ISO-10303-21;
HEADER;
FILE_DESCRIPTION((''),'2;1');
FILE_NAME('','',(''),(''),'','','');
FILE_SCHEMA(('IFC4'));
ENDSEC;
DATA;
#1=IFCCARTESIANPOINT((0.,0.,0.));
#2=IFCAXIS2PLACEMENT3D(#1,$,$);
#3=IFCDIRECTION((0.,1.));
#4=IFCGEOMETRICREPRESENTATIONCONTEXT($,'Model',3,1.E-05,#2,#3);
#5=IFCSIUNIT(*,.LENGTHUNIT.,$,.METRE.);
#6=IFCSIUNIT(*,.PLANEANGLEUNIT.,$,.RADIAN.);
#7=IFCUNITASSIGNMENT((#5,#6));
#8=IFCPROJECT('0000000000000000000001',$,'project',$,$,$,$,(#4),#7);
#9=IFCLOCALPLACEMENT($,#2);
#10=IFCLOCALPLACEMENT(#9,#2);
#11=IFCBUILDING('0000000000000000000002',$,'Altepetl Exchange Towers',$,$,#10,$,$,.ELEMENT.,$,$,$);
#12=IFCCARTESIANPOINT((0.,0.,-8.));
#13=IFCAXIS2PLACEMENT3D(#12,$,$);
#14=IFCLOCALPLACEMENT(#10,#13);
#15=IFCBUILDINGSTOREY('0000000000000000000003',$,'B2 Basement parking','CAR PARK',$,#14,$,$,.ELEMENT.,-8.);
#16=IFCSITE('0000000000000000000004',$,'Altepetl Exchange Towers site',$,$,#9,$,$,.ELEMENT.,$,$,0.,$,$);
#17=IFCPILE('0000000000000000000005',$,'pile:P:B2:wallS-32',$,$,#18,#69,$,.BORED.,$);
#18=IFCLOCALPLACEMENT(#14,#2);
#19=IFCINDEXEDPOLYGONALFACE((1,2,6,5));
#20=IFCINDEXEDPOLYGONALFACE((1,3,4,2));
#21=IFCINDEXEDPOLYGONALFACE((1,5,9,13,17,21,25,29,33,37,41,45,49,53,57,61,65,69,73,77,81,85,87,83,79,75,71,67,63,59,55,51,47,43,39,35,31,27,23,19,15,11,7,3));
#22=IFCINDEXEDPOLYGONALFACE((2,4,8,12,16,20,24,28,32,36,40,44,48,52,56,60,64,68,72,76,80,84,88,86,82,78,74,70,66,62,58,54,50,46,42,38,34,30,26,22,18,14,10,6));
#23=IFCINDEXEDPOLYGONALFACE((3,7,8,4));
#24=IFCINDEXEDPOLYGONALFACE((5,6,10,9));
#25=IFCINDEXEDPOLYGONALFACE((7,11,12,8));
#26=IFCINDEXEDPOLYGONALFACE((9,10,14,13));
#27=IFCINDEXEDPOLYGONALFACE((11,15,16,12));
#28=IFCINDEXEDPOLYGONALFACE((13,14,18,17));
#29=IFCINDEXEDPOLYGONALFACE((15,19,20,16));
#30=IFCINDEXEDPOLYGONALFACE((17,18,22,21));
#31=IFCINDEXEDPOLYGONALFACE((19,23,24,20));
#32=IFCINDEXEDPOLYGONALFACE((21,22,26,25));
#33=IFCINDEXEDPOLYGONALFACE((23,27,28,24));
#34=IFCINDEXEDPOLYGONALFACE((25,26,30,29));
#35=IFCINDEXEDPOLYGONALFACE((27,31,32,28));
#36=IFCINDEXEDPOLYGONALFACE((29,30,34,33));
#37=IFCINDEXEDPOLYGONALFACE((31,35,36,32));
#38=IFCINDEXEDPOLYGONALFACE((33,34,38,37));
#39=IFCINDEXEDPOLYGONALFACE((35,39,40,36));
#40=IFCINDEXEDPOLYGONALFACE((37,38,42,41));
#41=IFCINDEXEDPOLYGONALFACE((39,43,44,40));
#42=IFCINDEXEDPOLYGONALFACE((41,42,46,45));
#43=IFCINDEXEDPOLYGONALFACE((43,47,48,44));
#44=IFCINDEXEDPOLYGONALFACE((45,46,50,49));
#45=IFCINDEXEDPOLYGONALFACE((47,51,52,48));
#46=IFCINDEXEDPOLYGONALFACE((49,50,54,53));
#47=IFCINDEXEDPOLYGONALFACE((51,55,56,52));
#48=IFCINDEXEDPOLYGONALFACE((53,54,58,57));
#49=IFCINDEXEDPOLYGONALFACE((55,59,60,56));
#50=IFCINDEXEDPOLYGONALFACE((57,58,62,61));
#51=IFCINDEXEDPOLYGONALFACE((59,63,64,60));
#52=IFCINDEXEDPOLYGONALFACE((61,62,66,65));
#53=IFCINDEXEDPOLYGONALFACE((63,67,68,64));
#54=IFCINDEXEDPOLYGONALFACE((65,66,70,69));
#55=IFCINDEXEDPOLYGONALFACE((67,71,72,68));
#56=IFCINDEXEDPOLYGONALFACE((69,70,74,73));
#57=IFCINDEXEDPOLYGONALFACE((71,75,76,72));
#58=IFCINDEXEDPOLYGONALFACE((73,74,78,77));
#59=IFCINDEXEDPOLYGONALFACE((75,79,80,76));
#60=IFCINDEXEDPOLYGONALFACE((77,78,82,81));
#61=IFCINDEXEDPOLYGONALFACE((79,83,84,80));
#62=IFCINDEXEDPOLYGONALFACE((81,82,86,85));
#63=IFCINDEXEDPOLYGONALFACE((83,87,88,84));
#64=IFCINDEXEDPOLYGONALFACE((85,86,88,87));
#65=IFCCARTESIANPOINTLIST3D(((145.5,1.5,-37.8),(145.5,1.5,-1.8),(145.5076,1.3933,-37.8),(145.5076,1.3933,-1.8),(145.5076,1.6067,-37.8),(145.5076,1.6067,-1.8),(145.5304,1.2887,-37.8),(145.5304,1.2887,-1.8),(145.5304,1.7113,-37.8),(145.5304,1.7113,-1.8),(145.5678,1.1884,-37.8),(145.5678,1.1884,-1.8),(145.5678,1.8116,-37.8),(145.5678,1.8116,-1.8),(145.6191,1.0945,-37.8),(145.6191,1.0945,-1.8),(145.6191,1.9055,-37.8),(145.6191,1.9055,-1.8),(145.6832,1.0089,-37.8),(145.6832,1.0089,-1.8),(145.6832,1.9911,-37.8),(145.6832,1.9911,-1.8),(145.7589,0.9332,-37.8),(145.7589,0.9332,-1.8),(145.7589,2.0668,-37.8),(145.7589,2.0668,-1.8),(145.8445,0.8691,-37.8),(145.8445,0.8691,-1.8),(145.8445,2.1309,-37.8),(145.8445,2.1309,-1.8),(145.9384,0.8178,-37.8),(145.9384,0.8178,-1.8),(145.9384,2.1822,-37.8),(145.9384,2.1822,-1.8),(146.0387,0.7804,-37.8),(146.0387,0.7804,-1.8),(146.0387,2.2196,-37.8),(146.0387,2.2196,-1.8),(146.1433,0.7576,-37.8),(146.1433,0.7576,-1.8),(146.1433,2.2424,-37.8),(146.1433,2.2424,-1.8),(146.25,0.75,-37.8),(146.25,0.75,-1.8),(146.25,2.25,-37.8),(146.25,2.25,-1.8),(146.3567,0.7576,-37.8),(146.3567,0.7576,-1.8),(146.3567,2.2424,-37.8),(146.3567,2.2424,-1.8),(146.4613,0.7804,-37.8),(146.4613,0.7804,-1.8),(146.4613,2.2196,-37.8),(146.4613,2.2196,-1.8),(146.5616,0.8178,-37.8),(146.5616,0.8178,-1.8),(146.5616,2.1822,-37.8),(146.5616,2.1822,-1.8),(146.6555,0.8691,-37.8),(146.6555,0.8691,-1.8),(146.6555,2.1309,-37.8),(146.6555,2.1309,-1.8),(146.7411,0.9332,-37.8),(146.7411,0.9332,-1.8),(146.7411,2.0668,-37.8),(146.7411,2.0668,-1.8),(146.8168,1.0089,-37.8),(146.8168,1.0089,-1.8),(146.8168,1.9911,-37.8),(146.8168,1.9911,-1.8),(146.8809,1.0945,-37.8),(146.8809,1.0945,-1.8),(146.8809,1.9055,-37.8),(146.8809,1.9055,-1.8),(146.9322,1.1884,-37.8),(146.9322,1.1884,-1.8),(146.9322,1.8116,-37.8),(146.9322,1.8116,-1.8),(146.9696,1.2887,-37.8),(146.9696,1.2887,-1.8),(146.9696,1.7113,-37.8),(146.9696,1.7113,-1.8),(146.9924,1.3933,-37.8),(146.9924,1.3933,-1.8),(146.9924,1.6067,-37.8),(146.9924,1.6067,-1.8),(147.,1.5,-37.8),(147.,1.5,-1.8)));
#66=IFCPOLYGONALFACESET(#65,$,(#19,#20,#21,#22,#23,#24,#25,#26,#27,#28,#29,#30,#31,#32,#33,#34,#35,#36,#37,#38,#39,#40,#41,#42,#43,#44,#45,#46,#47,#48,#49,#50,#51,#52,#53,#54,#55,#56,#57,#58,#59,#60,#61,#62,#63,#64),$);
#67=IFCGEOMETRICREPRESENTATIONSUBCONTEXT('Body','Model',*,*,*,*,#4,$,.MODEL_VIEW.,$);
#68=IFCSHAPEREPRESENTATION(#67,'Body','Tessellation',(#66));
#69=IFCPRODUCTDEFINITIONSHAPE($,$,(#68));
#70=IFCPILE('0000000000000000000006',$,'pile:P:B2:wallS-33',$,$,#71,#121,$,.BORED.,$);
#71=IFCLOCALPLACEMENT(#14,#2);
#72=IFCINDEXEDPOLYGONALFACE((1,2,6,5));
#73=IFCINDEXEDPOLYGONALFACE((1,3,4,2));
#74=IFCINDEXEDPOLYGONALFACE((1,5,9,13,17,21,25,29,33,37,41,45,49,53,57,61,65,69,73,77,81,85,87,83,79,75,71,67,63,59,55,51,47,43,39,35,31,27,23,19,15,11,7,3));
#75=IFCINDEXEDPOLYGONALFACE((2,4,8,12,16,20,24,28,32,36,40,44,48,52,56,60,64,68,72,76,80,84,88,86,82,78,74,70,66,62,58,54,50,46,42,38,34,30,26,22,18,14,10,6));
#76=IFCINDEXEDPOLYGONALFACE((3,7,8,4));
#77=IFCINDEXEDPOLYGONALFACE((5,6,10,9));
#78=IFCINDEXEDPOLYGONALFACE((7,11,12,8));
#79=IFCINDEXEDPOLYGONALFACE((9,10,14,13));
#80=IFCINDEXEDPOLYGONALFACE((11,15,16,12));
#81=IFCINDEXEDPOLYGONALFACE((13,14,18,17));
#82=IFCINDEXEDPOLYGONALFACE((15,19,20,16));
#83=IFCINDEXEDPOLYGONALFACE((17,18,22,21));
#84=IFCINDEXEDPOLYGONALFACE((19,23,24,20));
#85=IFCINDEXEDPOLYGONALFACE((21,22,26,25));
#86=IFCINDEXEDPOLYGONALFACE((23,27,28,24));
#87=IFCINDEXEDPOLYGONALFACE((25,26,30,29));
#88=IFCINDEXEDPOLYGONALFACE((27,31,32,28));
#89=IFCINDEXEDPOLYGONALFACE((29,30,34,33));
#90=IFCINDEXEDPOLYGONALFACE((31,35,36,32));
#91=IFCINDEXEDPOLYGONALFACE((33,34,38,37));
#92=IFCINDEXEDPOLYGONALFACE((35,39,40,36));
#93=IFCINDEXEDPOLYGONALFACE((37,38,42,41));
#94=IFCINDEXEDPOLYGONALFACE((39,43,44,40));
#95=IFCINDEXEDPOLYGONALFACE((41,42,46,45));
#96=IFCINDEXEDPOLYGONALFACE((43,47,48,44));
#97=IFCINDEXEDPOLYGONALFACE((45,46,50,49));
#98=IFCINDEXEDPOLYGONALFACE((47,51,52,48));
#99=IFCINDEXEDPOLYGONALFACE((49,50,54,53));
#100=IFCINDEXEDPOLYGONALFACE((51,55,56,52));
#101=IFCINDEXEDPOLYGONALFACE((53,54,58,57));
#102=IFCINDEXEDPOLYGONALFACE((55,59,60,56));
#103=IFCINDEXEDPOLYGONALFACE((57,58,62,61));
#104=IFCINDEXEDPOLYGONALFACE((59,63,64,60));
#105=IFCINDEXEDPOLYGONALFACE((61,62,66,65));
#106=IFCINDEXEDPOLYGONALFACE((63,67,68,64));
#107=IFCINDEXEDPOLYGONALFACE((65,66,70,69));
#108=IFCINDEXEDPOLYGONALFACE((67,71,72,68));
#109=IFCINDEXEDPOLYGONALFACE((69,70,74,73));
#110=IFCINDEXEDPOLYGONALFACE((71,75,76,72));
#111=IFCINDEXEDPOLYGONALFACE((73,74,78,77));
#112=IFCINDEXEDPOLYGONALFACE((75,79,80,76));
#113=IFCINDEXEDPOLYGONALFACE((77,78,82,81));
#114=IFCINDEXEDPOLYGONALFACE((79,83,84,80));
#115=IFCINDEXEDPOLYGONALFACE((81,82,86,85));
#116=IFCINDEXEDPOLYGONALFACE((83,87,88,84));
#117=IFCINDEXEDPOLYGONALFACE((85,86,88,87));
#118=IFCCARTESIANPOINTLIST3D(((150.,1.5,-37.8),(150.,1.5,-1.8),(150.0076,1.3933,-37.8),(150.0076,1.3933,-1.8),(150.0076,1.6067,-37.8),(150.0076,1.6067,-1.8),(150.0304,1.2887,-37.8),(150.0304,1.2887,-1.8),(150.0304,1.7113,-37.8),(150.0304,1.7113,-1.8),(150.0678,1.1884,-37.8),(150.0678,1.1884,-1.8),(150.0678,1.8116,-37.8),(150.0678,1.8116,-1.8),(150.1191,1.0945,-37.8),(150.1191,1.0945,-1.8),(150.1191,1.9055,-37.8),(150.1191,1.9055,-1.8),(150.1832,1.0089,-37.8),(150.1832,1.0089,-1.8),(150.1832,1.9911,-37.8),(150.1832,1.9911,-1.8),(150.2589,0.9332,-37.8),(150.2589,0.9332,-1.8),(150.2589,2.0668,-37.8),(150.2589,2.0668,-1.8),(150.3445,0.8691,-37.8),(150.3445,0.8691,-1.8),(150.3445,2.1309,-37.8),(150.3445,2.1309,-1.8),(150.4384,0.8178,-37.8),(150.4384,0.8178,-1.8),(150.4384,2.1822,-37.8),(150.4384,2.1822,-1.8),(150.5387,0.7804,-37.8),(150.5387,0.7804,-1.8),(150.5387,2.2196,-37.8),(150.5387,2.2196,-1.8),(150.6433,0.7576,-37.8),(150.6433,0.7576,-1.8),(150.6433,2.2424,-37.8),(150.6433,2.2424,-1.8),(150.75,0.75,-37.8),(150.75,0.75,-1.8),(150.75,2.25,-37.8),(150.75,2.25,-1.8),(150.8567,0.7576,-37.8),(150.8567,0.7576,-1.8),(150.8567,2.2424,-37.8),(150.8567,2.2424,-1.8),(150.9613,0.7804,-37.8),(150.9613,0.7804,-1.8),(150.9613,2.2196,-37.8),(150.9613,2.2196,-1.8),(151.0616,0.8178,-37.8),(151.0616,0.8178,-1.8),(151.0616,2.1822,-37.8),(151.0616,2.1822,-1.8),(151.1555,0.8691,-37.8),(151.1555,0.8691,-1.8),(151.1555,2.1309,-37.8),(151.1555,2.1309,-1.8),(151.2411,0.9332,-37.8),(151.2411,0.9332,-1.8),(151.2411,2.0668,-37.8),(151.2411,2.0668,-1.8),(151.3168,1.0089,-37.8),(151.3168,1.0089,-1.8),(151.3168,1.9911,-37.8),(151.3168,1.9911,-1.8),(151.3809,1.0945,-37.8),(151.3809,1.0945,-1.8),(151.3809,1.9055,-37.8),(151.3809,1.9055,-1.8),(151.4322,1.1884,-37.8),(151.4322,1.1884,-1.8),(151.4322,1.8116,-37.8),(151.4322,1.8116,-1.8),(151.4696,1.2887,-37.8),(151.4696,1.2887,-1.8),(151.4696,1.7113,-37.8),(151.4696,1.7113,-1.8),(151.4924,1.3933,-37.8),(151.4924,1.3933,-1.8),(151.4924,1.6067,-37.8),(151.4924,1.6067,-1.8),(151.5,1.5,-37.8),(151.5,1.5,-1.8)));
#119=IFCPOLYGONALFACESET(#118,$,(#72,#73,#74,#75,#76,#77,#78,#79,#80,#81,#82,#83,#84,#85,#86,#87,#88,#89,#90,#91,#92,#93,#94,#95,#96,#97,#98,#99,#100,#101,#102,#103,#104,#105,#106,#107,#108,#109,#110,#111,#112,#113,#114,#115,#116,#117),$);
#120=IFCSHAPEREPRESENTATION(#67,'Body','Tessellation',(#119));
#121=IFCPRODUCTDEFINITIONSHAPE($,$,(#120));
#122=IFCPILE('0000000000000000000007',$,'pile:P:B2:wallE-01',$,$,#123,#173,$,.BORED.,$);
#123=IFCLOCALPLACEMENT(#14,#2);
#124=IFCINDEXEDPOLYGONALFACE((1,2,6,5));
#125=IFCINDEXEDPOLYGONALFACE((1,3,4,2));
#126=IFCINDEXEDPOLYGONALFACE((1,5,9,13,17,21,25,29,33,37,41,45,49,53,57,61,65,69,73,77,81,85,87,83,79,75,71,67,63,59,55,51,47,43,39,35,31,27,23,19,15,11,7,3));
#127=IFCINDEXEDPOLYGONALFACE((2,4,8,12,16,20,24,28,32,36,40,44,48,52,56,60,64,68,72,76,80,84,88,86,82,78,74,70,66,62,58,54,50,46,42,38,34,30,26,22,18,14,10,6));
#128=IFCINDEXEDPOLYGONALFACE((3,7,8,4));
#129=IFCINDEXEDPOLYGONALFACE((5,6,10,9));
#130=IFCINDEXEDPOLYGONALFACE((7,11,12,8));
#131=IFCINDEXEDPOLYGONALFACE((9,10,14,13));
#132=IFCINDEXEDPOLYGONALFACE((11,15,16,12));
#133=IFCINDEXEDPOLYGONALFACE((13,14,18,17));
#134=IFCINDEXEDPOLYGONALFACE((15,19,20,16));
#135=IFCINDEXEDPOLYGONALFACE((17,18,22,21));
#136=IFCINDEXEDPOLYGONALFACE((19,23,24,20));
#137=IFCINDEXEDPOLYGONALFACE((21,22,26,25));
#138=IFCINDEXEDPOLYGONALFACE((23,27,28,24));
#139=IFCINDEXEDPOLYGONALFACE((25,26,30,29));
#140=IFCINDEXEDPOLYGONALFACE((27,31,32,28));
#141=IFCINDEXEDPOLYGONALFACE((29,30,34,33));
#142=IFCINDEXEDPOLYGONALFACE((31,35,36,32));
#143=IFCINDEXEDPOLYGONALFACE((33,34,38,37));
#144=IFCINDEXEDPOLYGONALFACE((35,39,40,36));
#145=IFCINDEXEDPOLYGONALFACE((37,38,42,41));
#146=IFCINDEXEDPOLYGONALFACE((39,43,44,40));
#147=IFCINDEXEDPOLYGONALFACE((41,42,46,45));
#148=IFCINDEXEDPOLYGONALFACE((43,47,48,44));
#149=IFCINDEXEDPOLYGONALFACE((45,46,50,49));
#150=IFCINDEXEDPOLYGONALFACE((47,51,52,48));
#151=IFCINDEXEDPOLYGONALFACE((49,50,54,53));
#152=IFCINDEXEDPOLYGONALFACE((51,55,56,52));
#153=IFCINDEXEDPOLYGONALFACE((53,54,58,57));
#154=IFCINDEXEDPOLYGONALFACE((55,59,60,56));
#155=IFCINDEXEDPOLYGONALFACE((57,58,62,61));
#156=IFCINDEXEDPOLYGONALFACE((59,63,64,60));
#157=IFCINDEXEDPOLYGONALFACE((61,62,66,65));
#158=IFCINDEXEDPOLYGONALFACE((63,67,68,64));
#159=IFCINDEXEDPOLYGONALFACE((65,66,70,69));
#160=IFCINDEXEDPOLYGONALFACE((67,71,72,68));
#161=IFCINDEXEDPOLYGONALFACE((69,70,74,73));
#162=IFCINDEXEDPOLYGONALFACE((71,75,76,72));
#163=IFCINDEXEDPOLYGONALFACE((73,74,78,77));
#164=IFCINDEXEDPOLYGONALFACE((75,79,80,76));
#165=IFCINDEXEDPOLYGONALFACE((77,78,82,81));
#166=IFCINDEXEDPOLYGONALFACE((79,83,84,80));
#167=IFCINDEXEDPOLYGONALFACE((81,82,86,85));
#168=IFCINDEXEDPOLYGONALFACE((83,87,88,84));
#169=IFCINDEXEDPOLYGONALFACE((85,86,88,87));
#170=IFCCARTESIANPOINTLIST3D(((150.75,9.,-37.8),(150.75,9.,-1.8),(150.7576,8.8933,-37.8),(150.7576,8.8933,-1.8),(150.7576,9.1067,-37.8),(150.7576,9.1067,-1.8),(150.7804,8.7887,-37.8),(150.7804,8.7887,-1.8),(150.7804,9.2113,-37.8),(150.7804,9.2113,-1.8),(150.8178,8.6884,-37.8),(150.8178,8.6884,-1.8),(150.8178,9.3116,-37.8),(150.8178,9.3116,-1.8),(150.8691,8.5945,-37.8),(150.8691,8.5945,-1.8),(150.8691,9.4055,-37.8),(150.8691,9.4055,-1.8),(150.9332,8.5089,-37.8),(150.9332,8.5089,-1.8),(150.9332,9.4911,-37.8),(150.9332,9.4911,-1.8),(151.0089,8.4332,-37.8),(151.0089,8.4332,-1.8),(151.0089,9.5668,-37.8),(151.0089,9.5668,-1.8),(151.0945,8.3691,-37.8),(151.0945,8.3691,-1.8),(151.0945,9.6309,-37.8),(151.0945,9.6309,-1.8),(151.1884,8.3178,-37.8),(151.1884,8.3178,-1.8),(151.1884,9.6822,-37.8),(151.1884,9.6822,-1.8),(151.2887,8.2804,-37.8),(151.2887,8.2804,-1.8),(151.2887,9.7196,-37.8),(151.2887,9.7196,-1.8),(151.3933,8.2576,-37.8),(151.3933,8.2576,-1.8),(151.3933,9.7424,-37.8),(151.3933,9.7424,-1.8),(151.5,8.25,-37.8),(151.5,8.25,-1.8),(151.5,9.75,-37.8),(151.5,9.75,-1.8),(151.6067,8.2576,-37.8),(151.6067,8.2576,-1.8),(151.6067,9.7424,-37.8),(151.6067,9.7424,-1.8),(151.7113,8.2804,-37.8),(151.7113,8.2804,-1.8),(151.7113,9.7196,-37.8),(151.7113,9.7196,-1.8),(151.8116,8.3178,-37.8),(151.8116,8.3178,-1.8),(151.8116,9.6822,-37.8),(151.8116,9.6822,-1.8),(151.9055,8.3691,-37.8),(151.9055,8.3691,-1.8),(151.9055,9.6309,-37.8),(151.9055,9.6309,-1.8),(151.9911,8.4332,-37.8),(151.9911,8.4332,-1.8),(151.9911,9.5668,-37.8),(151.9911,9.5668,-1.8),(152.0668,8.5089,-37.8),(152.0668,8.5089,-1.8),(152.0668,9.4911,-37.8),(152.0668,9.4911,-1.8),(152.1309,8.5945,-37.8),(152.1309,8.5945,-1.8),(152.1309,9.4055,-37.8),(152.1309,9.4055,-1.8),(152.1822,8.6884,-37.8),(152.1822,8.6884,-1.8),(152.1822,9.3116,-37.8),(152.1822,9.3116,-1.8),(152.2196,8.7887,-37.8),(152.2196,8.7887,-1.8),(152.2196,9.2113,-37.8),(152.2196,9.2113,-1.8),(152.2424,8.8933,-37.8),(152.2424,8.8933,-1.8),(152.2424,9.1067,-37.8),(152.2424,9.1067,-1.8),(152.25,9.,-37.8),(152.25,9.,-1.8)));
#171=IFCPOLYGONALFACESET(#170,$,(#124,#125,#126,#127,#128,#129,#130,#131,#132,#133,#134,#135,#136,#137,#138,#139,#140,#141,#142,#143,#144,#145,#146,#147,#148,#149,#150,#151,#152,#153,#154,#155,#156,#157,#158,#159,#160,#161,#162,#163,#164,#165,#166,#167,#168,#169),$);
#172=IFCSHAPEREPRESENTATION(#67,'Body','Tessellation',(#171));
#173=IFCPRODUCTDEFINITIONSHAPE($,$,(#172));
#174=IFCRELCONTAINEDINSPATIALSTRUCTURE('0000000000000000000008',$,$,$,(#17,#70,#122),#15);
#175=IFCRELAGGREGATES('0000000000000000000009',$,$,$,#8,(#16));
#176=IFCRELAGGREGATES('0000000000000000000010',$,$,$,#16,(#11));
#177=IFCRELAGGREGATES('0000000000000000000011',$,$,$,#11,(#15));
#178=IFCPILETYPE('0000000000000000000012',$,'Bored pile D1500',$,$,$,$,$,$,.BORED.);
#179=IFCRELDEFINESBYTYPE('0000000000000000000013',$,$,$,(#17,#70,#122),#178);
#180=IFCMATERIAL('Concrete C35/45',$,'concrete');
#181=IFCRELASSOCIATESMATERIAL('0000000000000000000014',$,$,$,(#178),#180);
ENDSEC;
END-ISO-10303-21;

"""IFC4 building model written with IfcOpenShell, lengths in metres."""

from ifc_helpers import new_model, si_unit, direction, frame, origin, origin_2d, place, context, subcontext, project, spatial, circle, extrude, material, material_profile, profile_set, type_object, element, save


model = new_model("IFC4")

# Units and contexts
model_context = context("Model", 3, precision=1e-05, world=origin(), true_north=direction((0.0, 1.0)))
body_context = subcontext(model_context, "Body", "Model", "MODEL_VIEW")
ifc_project = project(units=[si_unit("LENGTHUNIT", "METRE"), si_unit("PLANEANGLEUNIT", "RADIAN")], contexts=[model_context])

# Site, building, storey
site_placement = place(None, origin())
site = spatial("IfcSite", under=ifc_project, at=site_placement, Name="Altepetl Exchange Towers site", CompositionType="ELEMENT", RefElevation=0.0)
building_placement = place(site_placement, origin())
building = spatial("IfcBuilding", under=site, at=building_placement, Name="Altepetl Exchange Towers", CompositionType="ELEMENT")
storey_placement = place(building_placement, frame((0.0, 0.0, -8.0)))
storey = spatial("IfcBuildingStorey", under=building, at=storey_placement, Name="B2 Basement parking", Description="CAR PARK", CompositionType="ELEMENT", Elevation=-8.0)

# Piles
ifc_material_1 = material(Name="Concrete C35/45", Category="concrete")
ifc_material_profile_1 = material_profile(ifc_material_1, circle(Radius=0.75, at=origin_2d()), Name="D1500")
ifc_profile_set_1 = profile_set([ifc_material_profile_1], Name="Concrete C35/45")
pile_type_1 = type_object("IfcPileType", Name="Bored pile D1500", PredefinedType="BORED", material=ifc_profile_set_1)
for number, where, z_axis, x_axis, name in (
    (1, (146.25, 1.5, -1.8), (0.0, 0.0, -1.0), (1.0, 0.0, 0.0), "pile:P:B2:wallS-32"),
    (2, (150.75, 1.5, -1.8), (0.0, 0.0, -1.0), (1.0, 0.0, 0.0), "pile:P:B2:wallS-33"),
    (3, (151.5, 9.0, -1.8), (0.0, 0.0, -1.0), (1.0, 0.0, 0.0), "pile:P:B2:wallE-01"),
):
    element("IfcPile", number, at=place(storey_placement, frame(where, z_axis=z_axis, x_axis=x_axis)), inside=storey, type_object=pile_type_1, Name=name, PredefinedType="BORED", context=body_context, shape_type="SweptSolid", body=[
        extrude(circle(Radius=0.75, at=origin_2d()), origin(), (0.0, 0.0, 1.0), 36.0),
    ])

save(model, "model.ifc")
